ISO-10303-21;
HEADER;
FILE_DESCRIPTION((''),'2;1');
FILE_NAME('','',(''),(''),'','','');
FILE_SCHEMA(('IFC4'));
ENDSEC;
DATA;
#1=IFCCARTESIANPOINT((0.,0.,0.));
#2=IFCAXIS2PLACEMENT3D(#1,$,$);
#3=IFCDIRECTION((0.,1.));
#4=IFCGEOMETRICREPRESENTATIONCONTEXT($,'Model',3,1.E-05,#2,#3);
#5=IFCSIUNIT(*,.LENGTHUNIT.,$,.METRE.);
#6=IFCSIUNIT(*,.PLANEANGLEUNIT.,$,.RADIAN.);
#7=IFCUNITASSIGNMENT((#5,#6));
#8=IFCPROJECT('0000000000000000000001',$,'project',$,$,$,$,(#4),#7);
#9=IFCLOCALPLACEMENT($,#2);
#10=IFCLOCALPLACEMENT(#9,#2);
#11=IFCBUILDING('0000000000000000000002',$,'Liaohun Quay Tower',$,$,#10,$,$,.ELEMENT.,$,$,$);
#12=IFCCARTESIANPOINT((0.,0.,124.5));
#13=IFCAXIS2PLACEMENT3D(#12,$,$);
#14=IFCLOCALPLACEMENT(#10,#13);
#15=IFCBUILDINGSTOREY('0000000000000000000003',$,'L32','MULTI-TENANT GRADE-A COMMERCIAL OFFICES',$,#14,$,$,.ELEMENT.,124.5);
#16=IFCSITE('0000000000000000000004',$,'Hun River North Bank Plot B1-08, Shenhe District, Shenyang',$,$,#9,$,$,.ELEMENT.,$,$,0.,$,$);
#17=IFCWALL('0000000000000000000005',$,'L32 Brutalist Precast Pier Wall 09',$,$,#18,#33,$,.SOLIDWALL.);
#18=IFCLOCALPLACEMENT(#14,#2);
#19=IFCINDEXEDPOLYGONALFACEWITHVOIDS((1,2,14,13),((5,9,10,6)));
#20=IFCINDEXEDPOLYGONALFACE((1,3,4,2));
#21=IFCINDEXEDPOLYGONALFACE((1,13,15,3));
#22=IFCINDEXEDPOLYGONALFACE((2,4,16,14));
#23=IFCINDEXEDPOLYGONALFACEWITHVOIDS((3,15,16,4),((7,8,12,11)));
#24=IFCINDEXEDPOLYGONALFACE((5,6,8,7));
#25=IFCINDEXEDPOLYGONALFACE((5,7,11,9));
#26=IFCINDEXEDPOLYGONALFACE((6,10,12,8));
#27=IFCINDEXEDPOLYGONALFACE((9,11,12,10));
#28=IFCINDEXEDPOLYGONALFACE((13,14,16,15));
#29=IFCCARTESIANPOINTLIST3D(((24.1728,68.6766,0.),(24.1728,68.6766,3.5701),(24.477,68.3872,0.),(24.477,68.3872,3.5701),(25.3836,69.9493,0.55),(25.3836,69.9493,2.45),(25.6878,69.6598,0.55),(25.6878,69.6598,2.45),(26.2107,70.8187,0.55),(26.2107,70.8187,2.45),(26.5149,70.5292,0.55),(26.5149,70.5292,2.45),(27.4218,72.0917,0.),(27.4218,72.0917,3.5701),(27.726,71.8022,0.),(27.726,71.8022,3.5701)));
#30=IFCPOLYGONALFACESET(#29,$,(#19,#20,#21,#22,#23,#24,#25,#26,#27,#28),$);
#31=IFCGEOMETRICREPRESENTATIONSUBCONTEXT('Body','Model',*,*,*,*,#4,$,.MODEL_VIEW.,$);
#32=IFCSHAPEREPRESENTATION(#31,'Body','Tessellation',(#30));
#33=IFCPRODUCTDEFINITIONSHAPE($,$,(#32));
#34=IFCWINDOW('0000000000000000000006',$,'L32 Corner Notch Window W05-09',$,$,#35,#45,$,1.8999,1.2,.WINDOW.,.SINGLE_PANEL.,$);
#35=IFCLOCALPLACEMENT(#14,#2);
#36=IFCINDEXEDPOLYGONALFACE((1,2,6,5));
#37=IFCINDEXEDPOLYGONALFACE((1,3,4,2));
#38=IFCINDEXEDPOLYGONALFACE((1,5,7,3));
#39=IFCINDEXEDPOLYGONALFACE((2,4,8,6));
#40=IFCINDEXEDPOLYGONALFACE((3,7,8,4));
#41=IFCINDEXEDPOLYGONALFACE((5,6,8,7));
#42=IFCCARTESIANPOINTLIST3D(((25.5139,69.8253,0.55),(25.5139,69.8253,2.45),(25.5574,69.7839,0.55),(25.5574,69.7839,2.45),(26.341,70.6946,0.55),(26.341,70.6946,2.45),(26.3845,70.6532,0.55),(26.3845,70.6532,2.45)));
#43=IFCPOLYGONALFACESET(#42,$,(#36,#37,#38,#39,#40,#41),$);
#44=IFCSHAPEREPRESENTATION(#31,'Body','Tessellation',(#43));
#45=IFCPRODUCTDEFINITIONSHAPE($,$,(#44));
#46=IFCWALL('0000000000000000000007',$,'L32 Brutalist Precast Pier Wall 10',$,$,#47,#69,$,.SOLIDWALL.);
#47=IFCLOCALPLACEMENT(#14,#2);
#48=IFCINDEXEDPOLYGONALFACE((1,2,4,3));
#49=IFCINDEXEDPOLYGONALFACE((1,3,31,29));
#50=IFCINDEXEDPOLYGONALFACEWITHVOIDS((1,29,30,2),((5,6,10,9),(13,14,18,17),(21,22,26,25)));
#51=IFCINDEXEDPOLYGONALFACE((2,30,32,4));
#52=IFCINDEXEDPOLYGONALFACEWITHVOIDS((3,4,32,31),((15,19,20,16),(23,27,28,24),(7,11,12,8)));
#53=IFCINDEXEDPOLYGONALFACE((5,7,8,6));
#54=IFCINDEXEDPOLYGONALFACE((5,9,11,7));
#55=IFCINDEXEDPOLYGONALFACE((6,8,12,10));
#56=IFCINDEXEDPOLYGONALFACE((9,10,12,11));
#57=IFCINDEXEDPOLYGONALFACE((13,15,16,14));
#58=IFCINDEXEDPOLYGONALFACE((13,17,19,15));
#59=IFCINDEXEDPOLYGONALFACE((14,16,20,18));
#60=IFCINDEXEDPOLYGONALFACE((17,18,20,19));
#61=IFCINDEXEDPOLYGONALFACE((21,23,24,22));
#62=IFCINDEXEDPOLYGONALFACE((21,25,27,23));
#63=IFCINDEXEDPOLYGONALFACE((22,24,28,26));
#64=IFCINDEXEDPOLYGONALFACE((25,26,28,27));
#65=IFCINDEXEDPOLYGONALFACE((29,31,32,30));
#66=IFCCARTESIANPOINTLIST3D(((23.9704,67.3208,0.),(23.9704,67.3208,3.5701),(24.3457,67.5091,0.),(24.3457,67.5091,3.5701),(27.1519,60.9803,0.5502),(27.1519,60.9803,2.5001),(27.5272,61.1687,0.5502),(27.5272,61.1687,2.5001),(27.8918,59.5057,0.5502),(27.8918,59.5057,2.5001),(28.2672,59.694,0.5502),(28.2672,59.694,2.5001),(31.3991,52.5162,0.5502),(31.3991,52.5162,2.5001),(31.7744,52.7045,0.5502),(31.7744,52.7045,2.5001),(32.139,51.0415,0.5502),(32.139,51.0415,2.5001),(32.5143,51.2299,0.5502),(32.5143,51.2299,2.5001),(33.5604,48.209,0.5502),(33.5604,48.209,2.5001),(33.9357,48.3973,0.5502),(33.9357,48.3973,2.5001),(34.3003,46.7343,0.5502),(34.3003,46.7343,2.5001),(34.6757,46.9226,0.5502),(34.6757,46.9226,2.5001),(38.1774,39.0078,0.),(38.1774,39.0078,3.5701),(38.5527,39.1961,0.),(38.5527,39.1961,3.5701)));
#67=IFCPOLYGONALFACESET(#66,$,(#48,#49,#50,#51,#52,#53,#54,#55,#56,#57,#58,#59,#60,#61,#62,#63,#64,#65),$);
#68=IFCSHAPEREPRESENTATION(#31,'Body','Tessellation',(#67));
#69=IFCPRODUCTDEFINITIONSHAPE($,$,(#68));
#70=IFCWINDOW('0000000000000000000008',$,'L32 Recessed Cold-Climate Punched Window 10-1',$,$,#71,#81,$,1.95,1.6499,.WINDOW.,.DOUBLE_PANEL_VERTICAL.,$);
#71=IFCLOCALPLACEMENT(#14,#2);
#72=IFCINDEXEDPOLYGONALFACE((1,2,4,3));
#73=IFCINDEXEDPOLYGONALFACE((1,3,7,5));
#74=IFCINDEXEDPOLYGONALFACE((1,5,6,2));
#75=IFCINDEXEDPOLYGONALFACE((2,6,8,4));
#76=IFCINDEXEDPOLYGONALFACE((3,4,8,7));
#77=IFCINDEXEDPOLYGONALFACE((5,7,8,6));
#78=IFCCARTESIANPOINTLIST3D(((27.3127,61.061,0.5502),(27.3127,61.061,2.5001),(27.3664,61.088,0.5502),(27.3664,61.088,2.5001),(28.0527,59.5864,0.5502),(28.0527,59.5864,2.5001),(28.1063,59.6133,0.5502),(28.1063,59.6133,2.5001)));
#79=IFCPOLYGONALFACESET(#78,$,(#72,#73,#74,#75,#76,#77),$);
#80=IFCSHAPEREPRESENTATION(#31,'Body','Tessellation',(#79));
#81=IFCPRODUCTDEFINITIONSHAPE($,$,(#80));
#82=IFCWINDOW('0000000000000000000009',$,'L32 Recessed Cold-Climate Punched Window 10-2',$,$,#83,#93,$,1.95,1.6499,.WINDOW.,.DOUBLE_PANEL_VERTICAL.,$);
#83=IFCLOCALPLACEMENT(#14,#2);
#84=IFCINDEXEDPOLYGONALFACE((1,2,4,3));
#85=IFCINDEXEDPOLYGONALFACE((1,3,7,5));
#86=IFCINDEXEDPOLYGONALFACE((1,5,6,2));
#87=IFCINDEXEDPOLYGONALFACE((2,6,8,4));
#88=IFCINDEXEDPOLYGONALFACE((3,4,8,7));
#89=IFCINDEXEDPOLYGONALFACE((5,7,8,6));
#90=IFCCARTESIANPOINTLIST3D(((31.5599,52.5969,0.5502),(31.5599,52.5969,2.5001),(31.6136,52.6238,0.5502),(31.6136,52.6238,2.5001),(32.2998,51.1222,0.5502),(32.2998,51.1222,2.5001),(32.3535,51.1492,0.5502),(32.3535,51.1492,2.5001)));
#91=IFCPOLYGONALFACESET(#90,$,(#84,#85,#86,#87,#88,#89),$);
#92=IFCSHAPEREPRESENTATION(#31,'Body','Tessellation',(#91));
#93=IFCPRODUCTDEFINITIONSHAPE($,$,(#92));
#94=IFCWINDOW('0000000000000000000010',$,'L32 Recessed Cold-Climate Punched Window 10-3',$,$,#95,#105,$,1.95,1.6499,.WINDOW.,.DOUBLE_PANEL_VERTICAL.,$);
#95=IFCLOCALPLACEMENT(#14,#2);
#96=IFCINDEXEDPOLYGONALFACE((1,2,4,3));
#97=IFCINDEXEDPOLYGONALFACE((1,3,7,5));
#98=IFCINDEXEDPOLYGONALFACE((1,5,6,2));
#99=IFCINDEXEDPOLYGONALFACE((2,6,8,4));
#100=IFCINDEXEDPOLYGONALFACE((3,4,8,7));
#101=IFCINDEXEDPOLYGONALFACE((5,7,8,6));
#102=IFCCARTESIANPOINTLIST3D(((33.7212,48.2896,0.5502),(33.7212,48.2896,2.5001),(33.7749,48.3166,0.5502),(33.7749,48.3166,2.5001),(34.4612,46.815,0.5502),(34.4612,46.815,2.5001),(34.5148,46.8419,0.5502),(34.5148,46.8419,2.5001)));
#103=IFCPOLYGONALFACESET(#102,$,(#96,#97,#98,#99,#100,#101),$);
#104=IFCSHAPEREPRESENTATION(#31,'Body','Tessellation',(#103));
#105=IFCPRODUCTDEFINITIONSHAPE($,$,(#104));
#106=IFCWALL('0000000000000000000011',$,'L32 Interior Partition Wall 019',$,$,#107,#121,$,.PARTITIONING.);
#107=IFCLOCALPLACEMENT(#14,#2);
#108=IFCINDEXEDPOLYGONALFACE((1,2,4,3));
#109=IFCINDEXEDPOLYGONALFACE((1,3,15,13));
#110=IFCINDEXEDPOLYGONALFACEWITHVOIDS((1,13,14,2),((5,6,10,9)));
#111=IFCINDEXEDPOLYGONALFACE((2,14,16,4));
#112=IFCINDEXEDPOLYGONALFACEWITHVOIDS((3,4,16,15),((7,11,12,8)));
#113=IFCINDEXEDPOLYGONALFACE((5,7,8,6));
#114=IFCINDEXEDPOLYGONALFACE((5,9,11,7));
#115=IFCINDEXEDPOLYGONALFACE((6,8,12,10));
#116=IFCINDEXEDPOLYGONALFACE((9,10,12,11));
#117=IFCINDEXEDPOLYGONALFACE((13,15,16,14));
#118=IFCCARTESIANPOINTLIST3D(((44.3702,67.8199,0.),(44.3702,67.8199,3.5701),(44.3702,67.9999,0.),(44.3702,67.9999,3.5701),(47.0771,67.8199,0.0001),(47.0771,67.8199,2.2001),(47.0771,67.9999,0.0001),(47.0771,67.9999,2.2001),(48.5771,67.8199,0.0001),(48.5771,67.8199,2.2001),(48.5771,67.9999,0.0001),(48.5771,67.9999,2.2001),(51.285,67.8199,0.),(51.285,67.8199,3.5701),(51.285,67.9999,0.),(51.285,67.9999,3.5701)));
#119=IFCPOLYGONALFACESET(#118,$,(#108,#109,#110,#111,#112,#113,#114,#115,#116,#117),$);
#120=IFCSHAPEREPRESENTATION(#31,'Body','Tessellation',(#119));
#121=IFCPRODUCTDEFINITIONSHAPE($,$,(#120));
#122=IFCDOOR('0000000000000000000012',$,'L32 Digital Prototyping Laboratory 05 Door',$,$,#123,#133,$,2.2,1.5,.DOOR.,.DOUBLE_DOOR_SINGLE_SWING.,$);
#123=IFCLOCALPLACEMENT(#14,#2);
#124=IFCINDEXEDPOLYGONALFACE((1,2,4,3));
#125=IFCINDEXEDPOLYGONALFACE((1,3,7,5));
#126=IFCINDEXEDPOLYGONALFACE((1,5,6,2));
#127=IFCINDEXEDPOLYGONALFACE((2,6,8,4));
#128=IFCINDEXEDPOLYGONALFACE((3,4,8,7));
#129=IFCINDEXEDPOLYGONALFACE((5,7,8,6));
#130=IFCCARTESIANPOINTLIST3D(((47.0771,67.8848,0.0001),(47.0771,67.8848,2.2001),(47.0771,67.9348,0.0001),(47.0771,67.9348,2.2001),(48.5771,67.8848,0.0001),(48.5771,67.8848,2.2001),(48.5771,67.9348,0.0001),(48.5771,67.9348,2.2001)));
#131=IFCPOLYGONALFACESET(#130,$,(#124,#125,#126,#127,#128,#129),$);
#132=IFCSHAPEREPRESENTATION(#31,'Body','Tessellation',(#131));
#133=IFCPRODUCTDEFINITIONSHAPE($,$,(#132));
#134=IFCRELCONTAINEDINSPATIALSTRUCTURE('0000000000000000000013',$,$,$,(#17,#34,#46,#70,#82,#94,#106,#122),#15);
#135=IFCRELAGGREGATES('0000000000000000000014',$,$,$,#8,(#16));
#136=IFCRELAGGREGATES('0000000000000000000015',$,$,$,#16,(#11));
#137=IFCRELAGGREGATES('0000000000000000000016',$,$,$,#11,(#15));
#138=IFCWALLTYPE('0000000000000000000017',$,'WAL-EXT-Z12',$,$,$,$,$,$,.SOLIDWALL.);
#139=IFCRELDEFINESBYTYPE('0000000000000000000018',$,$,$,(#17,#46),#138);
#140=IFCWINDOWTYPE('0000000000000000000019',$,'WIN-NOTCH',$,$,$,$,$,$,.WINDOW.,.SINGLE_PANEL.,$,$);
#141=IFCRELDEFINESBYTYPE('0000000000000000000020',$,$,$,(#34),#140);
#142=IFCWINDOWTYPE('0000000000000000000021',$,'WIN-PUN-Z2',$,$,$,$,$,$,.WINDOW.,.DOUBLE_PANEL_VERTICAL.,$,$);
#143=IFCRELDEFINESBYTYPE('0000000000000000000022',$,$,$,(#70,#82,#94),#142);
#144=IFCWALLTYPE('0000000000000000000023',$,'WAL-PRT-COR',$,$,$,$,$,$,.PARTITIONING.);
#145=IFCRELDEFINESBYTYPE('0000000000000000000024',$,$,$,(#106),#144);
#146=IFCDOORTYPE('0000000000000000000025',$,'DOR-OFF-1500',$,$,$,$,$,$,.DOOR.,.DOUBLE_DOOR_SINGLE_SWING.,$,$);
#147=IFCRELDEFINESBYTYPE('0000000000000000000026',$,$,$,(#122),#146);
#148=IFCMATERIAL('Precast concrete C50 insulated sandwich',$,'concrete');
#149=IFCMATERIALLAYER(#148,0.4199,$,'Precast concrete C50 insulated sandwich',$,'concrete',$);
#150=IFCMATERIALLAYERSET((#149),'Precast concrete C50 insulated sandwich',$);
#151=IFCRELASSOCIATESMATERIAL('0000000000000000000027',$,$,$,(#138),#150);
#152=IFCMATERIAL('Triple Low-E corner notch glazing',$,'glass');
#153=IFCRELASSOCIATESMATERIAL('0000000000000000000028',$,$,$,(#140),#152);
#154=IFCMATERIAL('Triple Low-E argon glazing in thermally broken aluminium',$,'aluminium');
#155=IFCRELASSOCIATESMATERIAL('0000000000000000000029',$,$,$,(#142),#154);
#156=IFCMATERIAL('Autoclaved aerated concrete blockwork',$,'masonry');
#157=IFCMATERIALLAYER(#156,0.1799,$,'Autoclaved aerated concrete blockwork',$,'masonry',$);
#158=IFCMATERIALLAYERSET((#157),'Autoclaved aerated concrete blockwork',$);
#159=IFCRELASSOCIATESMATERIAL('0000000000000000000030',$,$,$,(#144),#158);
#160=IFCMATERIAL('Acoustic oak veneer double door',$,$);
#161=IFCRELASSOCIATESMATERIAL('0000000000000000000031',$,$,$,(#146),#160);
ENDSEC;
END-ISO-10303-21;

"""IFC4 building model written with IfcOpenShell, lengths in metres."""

from ifc_helpers import new_model, si_unit, direction, frame, frame_2d, origin, place, context, subcontext, project, spatial, rectangle, extrude, source, transform, mapped, material, layer, layer_set, type_object, element, fill, save


model = new_model("IFC4")

# Units and contexts
model_context = context("Model", 3, precision=1e-05, world=origin(), true_north=direction((0.0, 1.0)))
body_context = subcontext(model_context, "Body", "Model", "MODEL_VIEW")
ifc_project = project(units=[si_unit("LENGTHUNIT", "METRE"), si_unit("PLANEANGLEUNIT", "RADIAN")], contexts=[model_context])

# Site, building, storey
site_placement = place(None, origin())
site = spatial("IfcSite", under=ifc_project, at=site_placement, Name="Hun River North Bank Plot B1-08, Shenhe District, Shenyang", CompositionType="ELEMENT", RefElevation=0.0)
building_placement = place(site_placement, origin())
building = spatial("IfcBuilding", under=site, at=building_placement, Name="Liaohun Quay Tower", CompositionType="ELEMENT")
storey_placement = place(building_placement, frame((0.0, 0.0, 124.5)))
storey = spatial("IfcBuildingStorey", under=building, at=storey_placement, Name="L32", Description="MULTI-TENANT GRADE-A COMMERCIAL OFFICES", CompositionType="ELEMENT", Elevation=124.5)

# Wall, opening, window
ifc_material_1 = material(Name="Precast concrete C50 insulated sandwich", Category="concrete")
ifc_layer_1 = layer(ifc_material_1, 0.4199, Name="Precast concrete C50 insulated sandwich", Category="concrete")
ifc_layer_set_1 = layer_set([ifc_layer_1], Name="Precast concrete C50 insulated sandwich")
wall_type_1 = type_object("IfcWallType", Name="WAL-EXT-Z12", PredefinedType="SOLIDWALL", material=ifc_layer_set_1)
shared_shape_1 = source(origin(), body_context, "Body", "SweptSolid", [
    extrude(rectangle(XDim=1.2, YDim=1.8999, at=frame_2d((0.6001, 0.95))), frame((0.0, 0.22, 0.0), z_axis=(0.0, -1.0, 0.0), x_axis=(1.0, 0.0, 0.0)), (0.0, 0.0, 1.0), 0.4399),
])
ifc_material_2 = material(Name="Triple Low-E corner notch glazing", Category="glass")
window_type_1 = type_object("IfcWindowType", Name="WIN-NOTCH", PartitioningType="SINGLE_PANEL", PredefinedType="WINDOW", material=ifc_material_2)
shared_shape_2 = source(origin(), body_context, "Body", "SweptSolid", [
    extrude(rectangle(XDim=1.2, YDim=1.8999, at=frame_2d((0.6001, 0.95))), frame((0.0, 0.03, 0.0), z_axis=(0.0, -1.0, 0.0), x_axis=(1.0, 0.0, 0.0)), (0.0, 0.0, 1.0), 0.0601),
])
wall_1_placement = place(storey_placement, frame((27.574, 71.947, 0.0), z_axis=(0.0, 0.0, 1.0), x_axis=(-0.689277, -0.724497, 0.0)))
wall_1 = element("IfcWall", 1, at=wall_1_placement, inside=storey, type_object=wall_type_1, Name="L32 Brutalist Precast Pier Wall 09", PredefinedType="SOLIDWALL", context=body_context, shape_type="SweptSolid", body=[
    extrude(rectangle(XDim=4.7136, YDim=0.4199, at=frame_2d((2.3569, 0.0))), origin(), (0.0, 0.0, 1.0), 3.5701),
])
opening_1_placement = place(wall_1_placement, frame((1.7571, 0.0, 0.55)))
opening_1 = element("IfcOpeningElement", 2, at=opening_1_placement, cuts=wall_1, PredefinedType="OPENING", context=body_context, shape_type="MappedRepresentation", body=[
    mapped(shared_shape_1, transform((0.0, 0.0, 0.0), x_axis=(1.0, 0.0, 0.0), y_axis=(0.0, 1.0, 0.0), z_axis=(0.0, 0.0, 1.0), scale=1.0)),
])
window_1_placement = place(opening_1_placement, origin())
window_1 = element("IfcWindow", 3, at=window_1_placement, inside=storey, type_object=window_type_1, Name="L32 Corner Notch Window W05-09", OverallHeight=1.8999, OverallWidth=1.2, PartitioningType="SINGLE_PANEL", PredefinedType="WINDOW", context=body_context, shape_type="MappedRepresentation", body=[
    mapped(shared_shape_2, transform((0.0, 0.0, 0.0), x_axis=(1.0, 0.0, 0.0), y_axis=(0.0, 1.0, 0.0), z_axis=(0.0, 0.0, 1.0), scale=1.0)),
])
fill(opening_1, window_1)

# Wall, openings, windows
wall_2_placement = place(storey_placement, frame((24.158, 67.415, 0.0), z_axis=(0.0, 0.0, 1.0), x_axis=(0.448489, -0.893788, 0.0)))
wall_2 = element("IfcWall", 4, at=wall_2_placement, inside=storey, type_object=wall_type_1, Name="L32 Brutalist Precast Pier Wall 10", PredefinedType="SOLIDWALL", context=body_context, shape_type="SweptSolid", body=[
    extrude(rectangle(XDim=31.6775, YDim=0.4199, at=frame_2d((15.8389, 0.0))), origin(), (0.0, 0.0, 1.0), 3.5701),
])
shared_shape_3 = source(origin(), body_context, "Body", "SweptSolid", [
    extrude(rectangle(XDim=1.6499, YDim=1.95, at=frame_2d((0.825, 0.9751))), frame((0.0, 0.22, 0.0), z_axis=(0.0, -1.0, 0.0), x_axis=(1.0, 0.0, 0.0)), (0.0, 0.0, 1.0), 0.4399),
])
opening_2_placement = place(wall_2_placement, frame((7.094, 0.0, 0.55)))
opening_2 = element("IfcOpeningElement", 5, at=opening_2_placement, cuts=wall_2, PredefinedType="OPENING", context=body_context, shape_type="MappedRepresentation", body=[
    mapped(shared_shape_3, transform((0.0, 0.0, 0.0), x_axis=(1.0, 0.0, 0.0), y_axis=(0.0, 1.0, 0.0), z_axis=(0.0, 0.0, 1.0), scale=1.0)),
])
opening_3_placement = place(wall_2_placement, frame((16.564, 0.0, 0.55)))
opening_3 = element("IfcOpeningElement", 6, at=opening_3_placement, cuts=wall_2, PredefinedType="OPENING", context=body_context, shape_type="MappedRepresentation", body=[
    mapped(shared_shape_3, transform((0.0, 0.0, 0.0), x_axis=(1.0, 0.0, 0.0), y_axis=(0.0, 1.0, 0.0), z_axis=(0.0, 0.0, 1.0), scale=1.0)),
])
opening_4_placement = place(wall_2_placement, frame((21.3831, 0.0, 0.55)))
opening_4 = element("IfcOpeningElement", 7, at=opening_4_placement, cuts=wall_2, PredefinedType="OPENING", context=body_context, shape_type="MappedRepresentation", body=[
    mapped(shared_shape_3, transform((0.0, 0.0, 0.0), x_axis=(1.0, 0.0, 0.0), y_axis=(0.0, 1.0, 0.0), z_axis=(0.0, 0.0, 1.0), scale=1.0)),
])
ifc_material_3 = material(Name="Triple Low-E argon glazing in thermally broken aluminium", Category="aluminium")
window_type_2 = type_object("IfcWindowType", Name="WIN-PUN-Z2", PartitioningType="DOUBLE_PANEL_VERTICAL", PredefinedType="WINDOW", material=ifc_material_3)
shared_shape_4 = source(origin(), body_context, "Body", "SweptSolid", [
    extrude(rectangle(XDim=1.6499, YDim=1.95, at=frame_2d((0.825, 0.9751))), frame((0.0, 0.03, 0.0), z_axis=(0.0, -1.0, 0.0), x_axis=(1.0, 0.0, 0.0)), (0.0, 0.0, 1.0), 0.0601),
])
window_2_placement = place(opening_2_placement, origin())
window_2 = element("IfcWindow", 8, at=window_2_placement, inside=storey, type_object=window_type_2, Name="L32 Recessed Cold-Climate Punched Window 10-1", OverallHeight=1.95, OverallWidth=1.6499, PartitioningType="DOUBLE_PANEL_VERTICAL", PredefinedType="WINDOW", context=body_context, shape_type="MappedRepresentation", body=[
    mapped(shared_shape_4, transform((0.0, 0.0, 0.0), x_axis=(1.0, 0.0, 0.0), y_axis=(0.0, 1.0, 0.0), z_axis=(0.0, 0.0, 1.0), scale=1.0)),
])
fill(opening_2, window_2)
window_3_placement = place(opening_3_placement, origin())
window_3 = element("IfcWindow", 9, at=window_3_placement, inside=storey, type_object=window_type_2, Name="L32 Recessed Cold-Climate Punched Window 10-2", OverallHeight=1.95, OverallWidth=1.6499, PartitioningType="DOUBLE_PANEL_VERTICAL", PredefinedType="WINDOW", context=body_context, shape_type="MappedRepresentation", body=[
    mapped(shared_shape_4, transform((0.0, 0.0, 0.0), x_axis=(1.0, 0.0, 0.0), y_axis=(0.0, 1.0, 0.0), z_axis=(0.0, 0.0, 1.0), scale=1.0)),
])
fill(opening_3, window_3)
window_4_placement = place(opening_4_placement, origin())
window_4 = element("IfcWindow", 10, at=window_4_placement, inside=storey, type_object=window_type_2, Name="L32 Recessed Cold-Climate Punched Window 10-3", OverallHeight=1.95, OverallWidth=1.6499, PartitioningType="DOUBLE_PANEL_VERTICAL", PredefinedType="WINDOW", context=body_context, shape_type="MappedRepresentation", body=[
    mapped(shared_shape_4, transform((0.0, 0.0, 0.0), x_axis=(1.0, 0.0, 0.0), y_axis=(0.0, 1.0, 0.0), z_axis=(0.0, 0.0, 1.0), scale=1.0)),
])
fill(opening_4, window_4)

# Wall, opening, door
ifc_material_4 = material(Name="Autoclaved aerated concrete blockwork", Category="masonry")
ifc_layer_2 = layer(ifc_material_4, 0.1799, Name="Autoclaved aerated concrete blockwork", Category="masonry")
ifc_layer_set_2 = layer_set([ifc_layer_2], Name="Autoclaved aerated concrete blockwork")
wall_type_2 = type_object("IfcWallType", Name="WAL-PRT-COR", PredefinedType="PARTITIONING", material=ifc_layer_set_2)
wall_3_placement = place(storey_placement, frame((44.3701, 67.9099, 0.0), z_axis=(0.0, 0.0, 1.0), x_axis=(1.0, 0.0, 0.0)))
wall_3 = element("IfcWall", 11, at=wall_3_placement, inside=storey, type_object=wall_type_2, Name="L32 Interior Partition Wall 019", PredefinedType="PARTITIONING", context=body_context, shape_type="SweptSolid", body=[
    extrude(rectangle(XDim=6.9148, YDim=0.1799, at=frame_2d((3.4575, 0.0))), origin(), (0.0, 0.0, 1.0), 3.5701),
])
shared_shape_5 = source(origin(), body_context, "Body", "SweptSolid", [
    extrude(rectangle(XDim=1.5, YDim=2.2, at=frame_2d((0.75, 1.1001))), frame((0.0, 0.0999, 0.0), z_axis=(0.0, -1.0, 0.0), x_axis=(1.0, 0.0, 0.0)), (0.0, 0.0, 1.0), 0.2),
])
opening_5_placement = place(wall_3_placement, frame((2.707, 0.0, 0.0)))
opening_5 = element("IfcOpeningElement", 12, at=opening_5_placement, cuts=wall_3, PredefinedType="OPENING", context=body_context, shape_type="MappedRepresentation", body=[
    mapped(shared_shape_5, transform((0.0, 0.0, 0.0), x_axis=(1.0, 0.0, 0.0), y_axis=(0.0, 1.0, 0.0), z_axis=(0.0, 0.0, 1.0), scale=1.0)),
])
ifc_material_5 = material(Name="Acoustic oak veneer double door")
door_type_1 = type_object("IfcDoorType", Name="DOR-OFF-1500", OperationType="DOUBLE_DOOR_SINGLE_SWING", PredefinedType="DOOR", material=ifc_material_5)
shared_shape_6 = source(origin(), body_context, "Body", "SweptSolid", [
    extrude(rectangle(XDim=1.5, YDim=2.2, at=frame_2d((0.75, 1.1001))), frame((0.0, 0.0249, 0.0), z_axis=(0.0, -1.0, 0.0), x_axis=(1.0, 0.0, 0.0)), (0.0, 0.0, 1.0), 0.05),
])
door_1_placement = place(opening_5_placement, origin())
door_1 = element("IfcDoor", 13, at=door_1_placement, inside=storey, type_object=door_type_1, Name="L32 Digital Prototyping Laboratory 05 Door", OperationType="DOUBLE_DOOR_SINGLE_SWING", OverallHeight=2.2, OverallWidth=1.5, PredefinedType="DOOR", context=body_context, shape_type="MappedRepresentation", body=[
    mapped(shared_shape_6, transform((0.0, 0.0, 0.0), x_axis=(1.0, 0.0, 0.0), y_axis=(0.0, 1.0, 0.0), z_axis=(0.0, 0.0, 1.0), scale=1.0)),
])
fill(opening_5, door_1)

save(model, "model.ifc")
